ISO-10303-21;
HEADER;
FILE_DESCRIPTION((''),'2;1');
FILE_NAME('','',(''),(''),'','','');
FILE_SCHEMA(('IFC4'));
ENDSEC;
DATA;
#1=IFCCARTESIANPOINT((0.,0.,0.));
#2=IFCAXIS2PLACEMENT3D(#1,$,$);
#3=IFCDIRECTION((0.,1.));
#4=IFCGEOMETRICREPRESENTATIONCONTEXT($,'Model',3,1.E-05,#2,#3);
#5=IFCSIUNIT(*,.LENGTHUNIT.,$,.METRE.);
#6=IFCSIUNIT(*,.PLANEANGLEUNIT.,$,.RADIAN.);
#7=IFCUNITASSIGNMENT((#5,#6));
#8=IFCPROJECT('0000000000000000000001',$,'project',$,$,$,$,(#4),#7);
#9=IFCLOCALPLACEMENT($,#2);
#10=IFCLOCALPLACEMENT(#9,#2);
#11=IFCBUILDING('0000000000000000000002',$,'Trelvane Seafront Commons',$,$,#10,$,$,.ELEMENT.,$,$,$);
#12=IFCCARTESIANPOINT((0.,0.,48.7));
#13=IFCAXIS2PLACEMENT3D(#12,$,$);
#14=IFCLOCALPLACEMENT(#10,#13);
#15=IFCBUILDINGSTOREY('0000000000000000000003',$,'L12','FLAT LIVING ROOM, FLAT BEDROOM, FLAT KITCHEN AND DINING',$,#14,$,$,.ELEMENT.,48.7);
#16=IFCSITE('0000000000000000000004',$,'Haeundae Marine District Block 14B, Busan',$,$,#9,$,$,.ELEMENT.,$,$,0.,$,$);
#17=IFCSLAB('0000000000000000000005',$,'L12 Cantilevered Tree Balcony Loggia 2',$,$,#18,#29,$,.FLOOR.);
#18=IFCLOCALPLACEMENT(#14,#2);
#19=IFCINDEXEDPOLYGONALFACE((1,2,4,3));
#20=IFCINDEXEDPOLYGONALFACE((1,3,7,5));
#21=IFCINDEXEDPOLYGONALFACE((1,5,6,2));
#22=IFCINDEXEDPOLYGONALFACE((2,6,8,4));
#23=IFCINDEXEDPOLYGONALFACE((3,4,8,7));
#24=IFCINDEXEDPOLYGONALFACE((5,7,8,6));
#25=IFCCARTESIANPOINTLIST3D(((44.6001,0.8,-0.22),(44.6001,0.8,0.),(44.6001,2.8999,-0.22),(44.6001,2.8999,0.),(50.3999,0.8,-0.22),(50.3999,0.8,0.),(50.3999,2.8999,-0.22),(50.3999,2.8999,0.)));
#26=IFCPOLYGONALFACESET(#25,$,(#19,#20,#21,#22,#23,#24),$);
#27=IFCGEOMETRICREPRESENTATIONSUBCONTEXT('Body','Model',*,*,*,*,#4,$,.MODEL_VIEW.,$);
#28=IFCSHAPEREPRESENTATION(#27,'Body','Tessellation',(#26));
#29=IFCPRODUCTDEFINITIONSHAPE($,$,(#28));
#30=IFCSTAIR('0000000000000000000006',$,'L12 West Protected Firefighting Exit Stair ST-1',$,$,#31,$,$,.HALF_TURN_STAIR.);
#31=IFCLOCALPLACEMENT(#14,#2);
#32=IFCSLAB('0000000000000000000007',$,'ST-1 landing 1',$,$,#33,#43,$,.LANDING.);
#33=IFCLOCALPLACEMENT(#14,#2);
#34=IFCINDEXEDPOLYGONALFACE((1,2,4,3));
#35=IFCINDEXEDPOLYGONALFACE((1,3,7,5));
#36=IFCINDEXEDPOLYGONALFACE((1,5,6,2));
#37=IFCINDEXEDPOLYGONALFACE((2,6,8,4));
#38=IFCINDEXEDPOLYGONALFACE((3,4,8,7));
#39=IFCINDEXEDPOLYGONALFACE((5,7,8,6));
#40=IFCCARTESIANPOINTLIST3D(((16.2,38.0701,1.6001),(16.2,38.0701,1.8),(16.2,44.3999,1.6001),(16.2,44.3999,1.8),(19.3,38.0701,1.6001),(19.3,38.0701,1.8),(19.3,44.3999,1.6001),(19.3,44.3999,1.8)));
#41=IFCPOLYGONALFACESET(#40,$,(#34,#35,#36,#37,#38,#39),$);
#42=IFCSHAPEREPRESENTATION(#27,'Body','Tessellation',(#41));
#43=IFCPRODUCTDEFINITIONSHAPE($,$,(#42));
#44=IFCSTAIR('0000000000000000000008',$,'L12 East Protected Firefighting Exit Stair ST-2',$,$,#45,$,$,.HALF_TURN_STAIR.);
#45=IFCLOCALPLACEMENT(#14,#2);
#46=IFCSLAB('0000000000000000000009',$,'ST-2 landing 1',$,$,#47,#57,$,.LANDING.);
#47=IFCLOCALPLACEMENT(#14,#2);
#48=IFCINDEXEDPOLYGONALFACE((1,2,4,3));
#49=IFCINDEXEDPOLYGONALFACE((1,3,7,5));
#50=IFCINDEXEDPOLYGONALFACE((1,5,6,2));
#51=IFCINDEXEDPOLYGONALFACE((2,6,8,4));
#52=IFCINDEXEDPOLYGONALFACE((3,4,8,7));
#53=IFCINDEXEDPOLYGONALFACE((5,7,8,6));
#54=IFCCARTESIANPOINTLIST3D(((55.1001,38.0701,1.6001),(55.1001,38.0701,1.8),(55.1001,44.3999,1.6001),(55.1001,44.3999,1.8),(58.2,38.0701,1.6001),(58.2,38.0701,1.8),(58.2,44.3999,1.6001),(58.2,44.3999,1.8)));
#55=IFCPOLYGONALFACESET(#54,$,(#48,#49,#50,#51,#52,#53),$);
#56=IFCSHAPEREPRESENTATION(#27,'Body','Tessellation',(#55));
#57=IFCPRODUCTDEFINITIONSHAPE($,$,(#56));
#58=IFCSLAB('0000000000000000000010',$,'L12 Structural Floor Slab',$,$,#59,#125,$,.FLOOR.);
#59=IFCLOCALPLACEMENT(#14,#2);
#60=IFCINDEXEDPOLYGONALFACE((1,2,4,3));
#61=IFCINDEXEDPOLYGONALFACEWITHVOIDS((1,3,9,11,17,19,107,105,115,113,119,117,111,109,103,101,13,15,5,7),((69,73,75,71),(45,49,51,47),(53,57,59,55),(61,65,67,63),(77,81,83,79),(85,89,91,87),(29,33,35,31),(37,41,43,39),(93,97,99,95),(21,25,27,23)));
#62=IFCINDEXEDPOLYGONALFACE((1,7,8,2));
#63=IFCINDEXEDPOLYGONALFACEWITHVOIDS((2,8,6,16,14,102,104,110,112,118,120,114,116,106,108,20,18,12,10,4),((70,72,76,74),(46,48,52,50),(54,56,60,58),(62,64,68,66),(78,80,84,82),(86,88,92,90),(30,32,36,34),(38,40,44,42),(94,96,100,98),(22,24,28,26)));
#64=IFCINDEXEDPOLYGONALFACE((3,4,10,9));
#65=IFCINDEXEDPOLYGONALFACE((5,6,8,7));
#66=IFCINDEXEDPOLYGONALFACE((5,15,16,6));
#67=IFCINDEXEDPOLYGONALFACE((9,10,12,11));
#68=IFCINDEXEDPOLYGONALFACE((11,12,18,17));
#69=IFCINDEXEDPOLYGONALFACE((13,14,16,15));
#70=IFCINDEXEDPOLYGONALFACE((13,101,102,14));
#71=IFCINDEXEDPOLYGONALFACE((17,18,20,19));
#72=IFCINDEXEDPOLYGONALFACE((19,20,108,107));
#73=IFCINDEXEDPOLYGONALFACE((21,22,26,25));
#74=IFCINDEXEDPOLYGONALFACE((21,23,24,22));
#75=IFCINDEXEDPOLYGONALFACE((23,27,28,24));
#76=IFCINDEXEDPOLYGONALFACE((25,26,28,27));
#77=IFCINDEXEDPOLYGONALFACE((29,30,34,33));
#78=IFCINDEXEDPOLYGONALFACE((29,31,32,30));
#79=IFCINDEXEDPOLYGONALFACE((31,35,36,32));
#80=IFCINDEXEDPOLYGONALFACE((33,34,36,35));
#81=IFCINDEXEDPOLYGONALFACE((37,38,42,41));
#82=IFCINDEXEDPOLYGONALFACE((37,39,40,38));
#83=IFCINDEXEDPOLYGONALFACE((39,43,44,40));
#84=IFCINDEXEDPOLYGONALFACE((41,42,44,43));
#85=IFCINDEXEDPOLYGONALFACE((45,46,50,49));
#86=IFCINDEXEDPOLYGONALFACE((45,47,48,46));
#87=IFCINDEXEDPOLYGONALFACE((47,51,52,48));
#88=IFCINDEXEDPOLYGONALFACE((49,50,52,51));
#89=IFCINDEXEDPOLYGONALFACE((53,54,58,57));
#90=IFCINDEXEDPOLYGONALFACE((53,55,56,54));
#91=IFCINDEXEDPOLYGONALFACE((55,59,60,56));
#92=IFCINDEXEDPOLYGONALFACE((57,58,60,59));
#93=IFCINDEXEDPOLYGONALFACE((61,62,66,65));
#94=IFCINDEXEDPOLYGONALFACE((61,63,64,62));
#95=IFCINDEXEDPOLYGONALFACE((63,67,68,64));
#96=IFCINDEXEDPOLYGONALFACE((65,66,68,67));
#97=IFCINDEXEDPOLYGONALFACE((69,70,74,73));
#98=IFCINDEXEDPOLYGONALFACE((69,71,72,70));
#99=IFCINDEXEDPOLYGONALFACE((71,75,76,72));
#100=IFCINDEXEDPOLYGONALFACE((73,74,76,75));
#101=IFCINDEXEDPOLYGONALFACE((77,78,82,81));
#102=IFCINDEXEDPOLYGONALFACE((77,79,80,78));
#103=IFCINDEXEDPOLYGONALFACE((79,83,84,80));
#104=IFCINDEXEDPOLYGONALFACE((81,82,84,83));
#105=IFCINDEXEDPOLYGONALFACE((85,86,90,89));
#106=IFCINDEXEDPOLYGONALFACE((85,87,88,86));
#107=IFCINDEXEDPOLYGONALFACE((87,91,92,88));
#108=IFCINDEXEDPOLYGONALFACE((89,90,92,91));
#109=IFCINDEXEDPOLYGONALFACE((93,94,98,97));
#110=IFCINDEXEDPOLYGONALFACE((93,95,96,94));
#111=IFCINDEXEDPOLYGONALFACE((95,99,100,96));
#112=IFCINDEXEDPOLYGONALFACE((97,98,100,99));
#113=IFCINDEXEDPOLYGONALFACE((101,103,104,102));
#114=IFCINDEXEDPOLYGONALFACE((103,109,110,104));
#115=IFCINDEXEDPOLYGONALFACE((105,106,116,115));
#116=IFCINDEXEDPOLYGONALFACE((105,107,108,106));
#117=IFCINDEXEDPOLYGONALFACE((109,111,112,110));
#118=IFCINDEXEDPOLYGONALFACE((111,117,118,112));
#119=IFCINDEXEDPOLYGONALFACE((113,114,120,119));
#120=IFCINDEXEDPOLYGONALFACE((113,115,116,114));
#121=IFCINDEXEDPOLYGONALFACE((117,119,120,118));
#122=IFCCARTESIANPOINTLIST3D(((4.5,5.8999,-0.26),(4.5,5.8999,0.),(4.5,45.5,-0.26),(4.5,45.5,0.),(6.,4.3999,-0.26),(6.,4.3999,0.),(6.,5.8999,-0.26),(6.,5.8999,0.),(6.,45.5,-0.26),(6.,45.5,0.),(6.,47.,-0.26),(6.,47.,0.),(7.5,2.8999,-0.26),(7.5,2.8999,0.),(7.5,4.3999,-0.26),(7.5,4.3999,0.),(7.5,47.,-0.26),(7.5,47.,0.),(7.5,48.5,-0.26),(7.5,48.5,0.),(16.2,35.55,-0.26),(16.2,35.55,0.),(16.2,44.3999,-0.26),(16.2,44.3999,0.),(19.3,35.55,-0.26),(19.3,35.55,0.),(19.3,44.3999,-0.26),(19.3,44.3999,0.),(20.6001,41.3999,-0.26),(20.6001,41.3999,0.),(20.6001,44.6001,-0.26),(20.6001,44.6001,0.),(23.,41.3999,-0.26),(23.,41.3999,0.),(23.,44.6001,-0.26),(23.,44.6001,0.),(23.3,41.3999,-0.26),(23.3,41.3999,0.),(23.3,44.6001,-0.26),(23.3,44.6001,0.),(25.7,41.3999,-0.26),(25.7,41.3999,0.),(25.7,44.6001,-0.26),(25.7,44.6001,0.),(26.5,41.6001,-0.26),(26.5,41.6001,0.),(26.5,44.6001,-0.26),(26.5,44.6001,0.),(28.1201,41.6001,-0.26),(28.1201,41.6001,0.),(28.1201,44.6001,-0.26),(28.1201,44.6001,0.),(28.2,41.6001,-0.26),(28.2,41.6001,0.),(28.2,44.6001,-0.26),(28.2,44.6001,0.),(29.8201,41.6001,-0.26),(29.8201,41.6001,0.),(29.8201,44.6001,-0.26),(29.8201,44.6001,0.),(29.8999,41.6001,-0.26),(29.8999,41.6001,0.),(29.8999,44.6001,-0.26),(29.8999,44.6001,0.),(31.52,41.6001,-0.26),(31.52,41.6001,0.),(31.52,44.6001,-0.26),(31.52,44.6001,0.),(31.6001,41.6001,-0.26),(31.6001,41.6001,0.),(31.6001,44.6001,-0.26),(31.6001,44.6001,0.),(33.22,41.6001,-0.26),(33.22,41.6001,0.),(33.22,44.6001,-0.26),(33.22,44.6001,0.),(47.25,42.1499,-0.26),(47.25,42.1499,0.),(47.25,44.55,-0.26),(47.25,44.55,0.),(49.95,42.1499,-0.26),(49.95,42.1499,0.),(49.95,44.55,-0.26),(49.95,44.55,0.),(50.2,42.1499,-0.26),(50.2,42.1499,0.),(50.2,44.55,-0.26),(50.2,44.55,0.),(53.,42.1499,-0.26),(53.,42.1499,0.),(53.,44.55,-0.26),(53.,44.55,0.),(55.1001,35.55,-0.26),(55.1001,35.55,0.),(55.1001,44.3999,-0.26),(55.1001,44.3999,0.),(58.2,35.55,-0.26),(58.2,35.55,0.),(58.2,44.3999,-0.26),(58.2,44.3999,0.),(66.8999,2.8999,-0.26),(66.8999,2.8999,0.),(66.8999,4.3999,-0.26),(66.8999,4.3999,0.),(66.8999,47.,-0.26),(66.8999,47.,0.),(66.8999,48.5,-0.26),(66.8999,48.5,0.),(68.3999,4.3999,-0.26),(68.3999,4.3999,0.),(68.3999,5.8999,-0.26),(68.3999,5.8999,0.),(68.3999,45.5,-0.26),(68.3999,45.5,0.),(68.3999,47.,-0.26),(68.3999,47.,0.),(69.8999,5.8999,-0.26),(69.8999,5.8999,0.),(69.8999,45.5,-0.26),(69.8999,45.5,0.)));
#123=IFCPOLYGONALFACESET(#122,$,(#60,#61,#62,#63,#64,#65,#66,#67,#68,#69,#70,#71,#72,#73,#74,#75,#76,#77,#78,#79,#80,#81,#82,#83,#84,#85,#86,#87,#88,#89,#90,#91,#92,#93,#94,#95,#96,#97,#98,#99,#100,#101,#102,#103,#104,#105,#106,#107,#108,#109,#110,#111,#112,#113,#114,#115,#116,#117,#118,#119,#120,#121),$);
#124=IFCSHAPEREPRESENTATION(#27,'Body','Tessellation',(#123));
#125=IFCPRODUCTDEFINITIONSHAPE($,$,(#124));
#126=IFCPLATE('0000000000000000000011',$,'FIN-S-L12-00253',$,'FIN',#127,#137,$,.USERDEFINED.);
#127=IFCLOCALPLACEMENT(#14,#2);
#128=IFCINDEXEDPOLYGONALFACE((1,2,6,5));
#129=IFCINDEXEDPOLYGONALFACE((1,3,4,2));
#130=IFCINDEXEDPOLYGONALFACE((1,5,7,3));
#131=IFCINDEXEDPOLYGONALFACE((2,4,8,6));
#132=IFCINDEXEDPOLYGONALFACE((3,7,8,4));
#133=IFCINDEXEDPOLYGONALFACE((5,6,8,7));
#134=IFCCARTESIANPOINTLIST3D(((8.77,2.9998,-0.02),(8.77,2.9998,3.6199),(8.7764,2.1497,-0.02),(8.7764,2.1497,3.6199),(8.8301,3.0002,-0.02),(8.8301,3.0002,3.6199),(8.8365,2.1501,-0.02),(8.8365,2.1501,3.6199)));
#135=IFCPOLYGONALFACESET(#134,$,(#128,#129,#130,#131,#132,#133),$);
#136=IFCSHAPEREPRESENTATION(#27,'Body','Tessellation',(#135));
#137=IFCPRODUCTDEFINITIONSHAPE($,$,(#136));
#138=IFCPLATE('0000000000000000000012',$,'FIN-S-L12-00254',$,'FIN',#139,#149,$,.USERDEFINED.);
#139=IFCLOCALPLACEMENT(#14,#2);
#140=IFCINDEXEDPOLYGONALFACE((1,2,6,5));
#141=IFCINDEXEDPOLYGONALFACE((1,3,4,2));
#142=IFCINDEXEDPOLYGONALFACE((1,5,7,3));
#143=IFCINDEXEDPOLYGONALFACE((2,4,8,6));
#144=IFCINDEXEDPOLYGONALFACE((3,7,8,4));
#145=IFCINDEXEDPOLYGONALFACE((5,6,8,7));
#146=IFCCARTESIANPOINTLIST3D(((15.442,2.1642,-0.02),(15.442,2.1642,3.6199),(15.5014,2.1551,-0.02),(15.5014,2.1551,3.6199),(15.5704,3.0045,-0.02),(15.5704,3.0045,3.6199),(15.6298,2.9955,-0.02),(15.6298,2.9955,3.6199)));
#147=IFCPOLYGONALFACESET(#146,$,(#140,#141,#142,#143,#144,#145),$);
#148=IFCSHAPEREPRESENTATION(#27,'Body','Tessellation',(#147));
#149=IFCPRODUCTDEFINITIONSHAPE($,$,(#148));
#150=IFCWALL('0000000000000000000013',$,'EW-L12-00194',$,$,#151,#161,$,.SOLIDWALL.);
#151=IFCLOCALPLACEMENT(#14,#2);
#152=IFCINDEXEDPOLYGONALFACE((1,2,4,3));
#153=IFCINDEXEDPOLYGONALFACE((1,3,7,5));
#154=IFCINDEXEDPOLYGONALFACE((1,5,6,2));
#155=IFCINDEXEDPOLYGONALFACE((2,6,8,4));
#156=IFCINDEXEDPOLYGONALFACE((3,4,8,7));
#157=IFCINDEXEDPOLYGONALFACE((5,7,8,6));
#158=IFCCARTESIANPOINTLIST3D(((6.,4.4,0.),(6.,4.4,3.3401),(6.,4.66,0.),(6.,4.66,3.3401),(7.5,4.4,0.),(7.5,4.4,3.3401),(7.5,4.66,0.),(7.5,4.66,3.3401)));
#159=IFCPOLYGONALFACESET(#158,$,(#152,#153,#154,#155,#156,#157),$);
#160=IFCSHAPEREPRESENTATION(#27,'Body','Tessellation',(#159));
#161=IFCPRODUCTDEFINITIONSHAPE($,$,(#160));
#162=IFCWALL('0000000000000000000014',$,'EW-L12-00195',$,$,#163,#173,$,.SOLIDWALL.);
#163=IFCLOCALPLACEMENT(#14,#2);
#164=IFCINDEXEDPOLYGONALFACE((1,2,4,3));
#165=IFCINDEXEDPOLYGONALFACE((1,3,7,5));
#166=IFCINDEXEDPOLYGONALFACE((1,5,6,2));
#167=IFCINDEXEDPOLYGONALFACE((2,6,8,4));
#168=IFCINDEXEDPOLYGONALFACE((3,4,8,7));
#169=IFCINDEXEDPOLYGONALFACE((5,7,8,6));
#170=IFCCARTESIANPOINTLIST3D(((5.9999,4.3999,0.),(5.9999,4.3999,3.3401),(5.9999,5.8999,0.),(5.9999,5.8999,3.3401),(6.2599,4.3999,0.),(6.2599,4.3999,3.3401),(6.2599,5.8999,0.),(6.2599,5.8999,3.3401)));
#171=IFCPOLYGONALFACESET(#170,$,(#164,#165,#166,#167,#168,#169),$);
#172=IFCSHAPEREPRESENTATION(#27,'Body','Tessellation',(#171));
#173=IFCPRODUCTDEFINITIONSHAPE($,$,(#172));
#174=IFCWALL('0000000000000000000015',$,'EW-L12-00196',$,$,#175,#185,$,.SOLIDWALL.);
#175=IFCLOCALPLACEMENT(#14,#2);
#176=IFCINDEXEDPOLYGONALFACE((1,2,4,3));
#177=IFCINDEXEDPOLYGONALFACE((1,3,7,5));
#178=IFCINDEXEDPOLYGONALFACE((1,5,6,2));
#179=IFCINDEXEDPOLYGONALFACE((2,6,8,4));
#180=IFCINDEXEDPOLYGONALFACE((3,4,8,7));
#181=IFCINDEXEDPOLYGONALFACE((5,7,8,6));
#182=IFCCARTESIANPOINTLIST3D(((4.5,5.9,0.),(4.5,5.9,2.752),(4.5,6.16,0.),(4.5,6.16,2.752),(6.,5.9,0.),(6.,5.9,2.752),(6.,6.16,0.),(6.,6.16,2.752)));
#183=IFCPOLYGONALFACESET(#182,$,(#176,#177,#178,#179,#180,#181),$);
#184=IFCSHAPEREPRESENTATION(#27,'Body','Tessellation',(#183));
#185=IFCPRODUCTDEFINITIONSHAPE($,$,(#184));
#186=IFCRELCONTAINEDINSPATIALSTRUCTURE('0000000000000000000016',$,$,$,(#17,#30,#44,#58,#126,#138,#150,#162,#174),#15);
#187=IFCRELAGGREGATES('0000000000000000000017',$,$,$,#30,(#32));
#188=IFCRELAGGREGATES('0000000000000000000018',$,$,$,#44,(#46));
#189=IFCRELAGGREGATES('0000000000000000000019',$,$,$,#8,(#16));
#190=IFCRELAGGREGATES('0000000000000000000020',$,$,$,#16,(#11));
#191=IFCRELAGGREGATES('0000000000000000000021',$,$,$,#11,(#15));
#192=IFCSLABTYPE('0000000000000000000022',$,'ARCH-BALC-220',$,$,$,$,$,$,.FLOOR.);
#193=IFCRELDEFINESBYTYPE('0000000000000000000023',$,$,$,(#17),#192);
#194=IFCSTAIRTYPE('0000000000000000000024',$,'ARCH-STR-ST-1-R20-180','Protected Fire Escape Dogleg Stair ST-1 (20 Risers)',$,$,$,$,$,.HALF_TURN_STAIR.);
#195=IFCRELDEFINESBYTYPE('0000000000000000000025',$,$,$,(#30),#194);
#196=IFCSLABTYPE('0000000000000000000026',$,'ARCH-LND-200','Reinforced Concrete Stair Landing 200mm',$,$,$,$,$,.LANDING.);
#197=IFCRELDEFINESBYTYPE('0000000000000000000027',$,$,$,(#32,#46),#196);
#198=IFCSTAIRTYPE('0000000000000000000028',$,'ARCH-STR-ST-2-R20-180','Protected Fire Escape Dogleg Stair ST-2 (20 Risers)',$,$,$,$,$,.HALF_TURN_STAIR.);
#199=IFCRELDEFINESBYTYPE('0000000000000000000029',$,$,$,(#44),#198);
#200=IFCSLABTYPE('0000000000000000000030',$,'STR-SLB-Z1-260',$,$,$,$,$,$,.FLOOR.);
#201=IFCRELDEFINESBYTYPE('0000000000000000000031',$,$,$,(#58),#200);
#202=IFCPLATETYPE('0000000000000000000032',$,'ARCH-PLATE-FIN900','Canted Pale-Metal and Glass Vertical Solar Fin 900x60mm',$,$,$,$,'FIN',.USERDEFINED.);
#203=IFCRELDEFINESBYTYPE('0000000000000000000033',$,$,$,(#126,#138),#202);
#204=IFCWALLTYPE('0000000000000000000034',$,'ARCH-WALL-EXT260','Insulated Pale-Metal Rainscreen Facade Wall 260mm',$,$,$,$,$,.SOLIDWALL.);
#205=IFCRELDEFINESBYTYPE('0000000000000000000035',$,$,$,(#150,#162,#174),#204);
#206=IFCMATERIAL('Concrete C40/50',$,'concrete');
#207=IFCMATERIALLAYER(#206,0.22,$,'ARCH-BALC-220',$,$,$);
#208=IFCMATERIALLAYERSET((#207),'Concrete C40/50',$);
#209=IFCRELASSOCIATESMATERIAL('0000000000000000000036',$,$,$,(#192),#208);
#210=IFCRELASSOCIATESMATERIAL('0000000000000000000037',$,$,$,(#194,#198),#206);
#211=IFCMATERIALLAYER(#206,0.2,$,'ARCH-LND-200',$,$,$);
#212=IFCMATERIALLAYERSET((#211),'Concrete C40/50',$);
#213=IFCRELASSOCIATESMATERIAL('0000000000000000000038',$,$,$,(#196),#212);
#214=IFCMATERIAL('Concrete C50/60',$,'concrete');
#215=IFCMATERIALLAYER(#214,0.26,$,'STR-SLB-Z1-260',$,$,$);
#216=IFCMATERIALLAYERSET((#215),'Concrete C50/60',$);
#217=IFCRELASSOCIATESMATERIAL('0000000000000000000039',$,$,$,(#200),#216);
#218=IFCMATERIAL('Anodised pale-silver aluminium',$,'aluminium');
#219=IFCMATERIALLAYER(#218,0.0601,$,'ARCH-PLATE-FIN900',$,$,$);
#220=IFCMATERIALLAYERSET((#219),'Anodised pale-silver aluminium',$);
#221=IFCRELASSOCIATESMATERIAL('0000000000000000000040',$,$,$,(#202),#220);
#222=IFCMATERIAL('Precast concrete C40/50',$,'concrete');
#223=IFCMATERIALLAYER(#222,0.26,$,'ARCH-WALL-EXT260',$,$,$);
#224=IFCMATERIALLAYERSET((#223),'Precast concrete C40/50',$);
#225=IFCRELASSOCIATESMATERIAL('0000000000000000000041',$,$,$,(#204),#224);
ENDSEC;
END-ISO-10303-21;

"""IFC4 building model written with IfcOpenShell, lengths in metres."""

from ifc_helpers import new_model, si_unit, direction, frame, frame_2d, origin, origin_2d, place, context, subcontext, project, spatial, polyline, rectangle, outline, extrude, source, transform, mapped, material, layer, layer_set, type_object, element, aggregate, save


model = new_model("IFC4")

# Units and contexts
model_context = context("Model", 3, precision=1e-05, world=origin(), true_north=direction((0.0, 1.0)))
body_context = subcontext(model_context, "Body", "Model", "MODEL_VIEW")
ifc_project = project(units=[si_unit("LENGTHUNIT", "METRE"), si_unit("PLANEANGLEUNIT", "RADIAN")], contexts=[model_context])

# Site, building, storey
site_placement = place(None, origin())
site = spatial("IfcSite", under=ifc_project, at=site_placement, Name="Haeundae Marine District Block 14B, Busan", CompositionType="ELEMENT", RefElevation=0.0)
building_placement = place(site_placement, origin())
building = spatial("IfcBuilding", under=site, at=building_placement, Name="Trelvane Seafront Commons", CompositionType="ELEMENT")
storey_placement = place(building_placement, frame((0.0, 0.0, 48.7)))
storey = spatial("IfcBuildingStorey", under=building, at=storey_placement, Name="L12", Description="FLAT LIVING ROOM, FLAT BEDROOM, FLAT KITCHEN AND DINING", CompositionType="ELEMENT", Elevation=48.7)

# Slab
ifc_material_1 = material(Name="Concrete C40/50", Category="concrete")
ifc_layer_1 = layer(ifc_material_1, 0.22, Name="ARCH-BALC-220")
ifc_layer_set_1 = layer_set([ifc_layer_1], Name="Concrete C40/50")
slab_type_1 = type_object("IfcSlabType", Name="ARCH-BALC-220", PredefinedType="FLOOR", material=ifc_layer_set_1)
slab_1_placement = place(storey_placement, frame((0.0, 0.0, -0.22)))
element("IfcSlab", 1, at=slab_1_placement, inside=storey, type_object=slab_type_1, Name="L12 Cantilevered Tree Balcony Loggia 2", PredefinedType="FLOOR", context=body_context, shape_type="SweptSolid", body=[
    extrude(outline(polyline([(44.6001, 0.8), (50.3999, 0.8), (50.3999, 2.8999), (44.6001, 2.8999), (44.6001, 0.8)])), origin(), (0.0, 0.0, 1.0), 0.22),
])

# Stairs, slabs
stair_type_1 = type_object("IfcStairType", Name="ARCH-STR-ST-1-R20-180", Description="Protected Fire Escape Dogleg Stair ST-1 (20 Risers)", PredefinedType="HALF_TURN_STAIR", material=ifc_material_1)
stair_1_placement = place(storey_placement, origin())
stair_1 = element("IfcStair", 2, at=stair_1_placement, inside=storey, type_object=stair_type_1, Name="L12 West Protected Firefighting Exit Stair ST-1", PredefinedType="HALF_TURN_STAIR")
ifc_layer_2 = layer(ifc_material_1, 0.2, Name="ARCH-LND-200")
ifc_layer_set_2 = layer_set([ifc_layer_2], Name="Concrete C40/50")
slab_type_2 = type_object("IfcSlabType", Name="ARCH-LND-200", Description="Reinforced Concrete Stair Landing 200mm", PredefinedType="LANDING", material=ifc_layer_set_2)
slab_2_placement = place(storey_placement, frame((0.0, 0.0, 1.6001)))
slab_2 = element("IfcSlab", 3, at=slab_2_placement, type_object=slab_type_2, Name="ST-1 landing 1", PredefinedType="LANDING", context=body_context, shape_type="SweptSolid", body=[
    extrude(outline(polyline([(19.3, 38.0701), (19.3, 44.3999), (16.2, 44.3999), (16.2, 38.0701), (19.3, 38.0701)])), origin(), (0.0, 0.0, 1.0), 0.2),
])
aggregate(stair_1, [slab_2])
stair_type_2 = type_object("IfcStairType", Name="ARCH-STR-ST-2-R20-180", Description="Protected Fire Escape Dogleg Stair ST-2 (20 Risers)", PredefinedType="HALF_TURN_STAIR", material=ifc_material_1)
stair_2_placement = place(storey_placement, origin())
stair_2 = element("IfcStair", 4, at=stair_2_placement, inside=storey, type_object=stair_type_2, Name="L12 East Protected Firefighting Exit Stair ST-2", PredefinedType="HALF_TURN_STAIR")
slab_3_placement = place(storey_placement, frame((0.0, 0.0, 1.6001)))
slab_3 = element("IfcSlab", 5, at=slab_3_placement, type_object=slab_type_2, Name="ST-2 landing 1", PredefinedType="LANDING", context=body_context, shape_type="SweptSolid", body=[
    extrude(outline(polyline([(58.2, 38.0701), (58.2, 44.3999), (55.1001, 44.3999), (55.1001, 38.0701), (58.2, 38.0701)])), origin(), (0.0, 0.0, 1.0), 0.2),
])
aggregate(stair_2, [slab_3])

# Slab
ifc_material_2 = material(Name="Concrete C50/60", Category="concrete")
ifc_layer_3 = layer(ifc_material_2, 0.26, Name="STR-SLB-Z1-260")
ifc_layer_set_3 = layer_set([ifc_layer_3], Name="Concrete C50/60")
slab_type_3 = type_object("IfcSlabType", Name="STR-SLB-Z1-260", PredefinedType="FLOOR", material=ifc_layer_set_3)
slab_4_placement = place(storey_placement, frame((0.0, 0.0, -0.26)))
element("IfcSlab", 6, at=slab_4_placement, inside=storey, type_object=slab_type_3, Name="L12 Structural Floor Slab", PredefinedType="FLOOR", context=body_context, shape_type="SweptSolid", body=[
    extrude(outline(polyline([(7.5, 2.8999), (66.8999, 2.8999), (66.8999, 4.3999), (68.3999, 4.3999), (68.3999, 5.8999), (69.8999, 5.8999), (69.8999, 45.5), (68.3999, 45.5), (68.3999, 47.0), (66.8999, 47.0), (66.8999, 48.5), (7.5, 48.5), (7.5, 47.0), (6.0, 47.0), (6.0, 45.5), (4.5, 45.5), (4.5, 5.8999), (6.0, 5.8999), (6.0, 4.3999), (7.5, 4.3999), (7.5, 2.8999)]), holes=[polyline([(19.3, 35.55), (16.2, 35.55), (16.2, 44.3999), (19.3, 44.3999), (19.3, 35.55)]), polyline([(58.2, 35.55), (55.1001, 35.55), (55.1001, 44.3999), (58.2, 44.3999), (58.2, 35.55)]), polyline([(23.0, 41.3999), (20.6001, 41.3999), (20.6001, 44.6001), (23.0, 44.6001), (23.0, 41.3999)]), polyline([(23.3, 41.3999), (23.3, 44.6001), (25.7, 44.6001), (25.7, 41.3999), (23.3, 41.3999)]), polyline([(26.5, 41.6001), (26.5, 44.6001), (28.1201, 44.6001), (28.1201, 41.6001), (26.5, 41.6001)]), polyline([(29.8201, 41.6001), (28.2, 41.6001), (28.2, 44.6001), (29.8201, 44.6001), (29.8201, 41.6001)]), polyline([(31.52, 41.6001), (29.8999, 41.6001), (29.8999, 44.6001), (31.52, 44.6001), (31.52, 41.6001)]), polyline([(33.22, 41.6001), (31.6001, 41.6001), (31.6001, 44.6001), (33.22, 44.6001), (33.22, 41.6001)]), polyline([(47.25, 42.1499), (47.25, 44.55), (49.95, 44.55), (49.95, 42.1499), (47.25, 42.1499)]), polyline([(50.2, 42.1499), (50.2, 44.55), (53.0, 44.55), (53.0, 42.1499), (50.2, 42.1499)])]), origin(), (0.0, 0.0, 1.0), 0.26),
])

# Plates
ifc_material_3 = material(Name="Anodised pale-silver aluminium", Category="aluminium")
ifc_layer_4 = layer(ifc_material_3, 0.0601, Name="ARCH-PLATE-FIN900")
ifc_layer_set_4 = layer_set([ifc_layer_4], Name="Anodised pale-silver aluminium")
plate_type = type_object("IfcPlateType", Name="ARCH-PLATE-FIN900", Description="Canted Pale-Metal and Glass Vertical Solar Fin 900x60mm", ElementType="FIN", PredefinedType="USERDEFINED", material=ifc_layer_set_4)
shared_shape_1 = source(origin(), body_context, "Body", "SweptSolid", [
    extrude(rectangle(XDim=0.8501, YDim=0.0601, at=origin_2d()), origin(), (0.0, 0.0, 1.0), 3.6399),
])
for number, where, z_axis, x_axis, name in (
    (7, (8.8032, 2.575, -0.02), (0.0, 0.0, 1.0), (0.007529, -0.999972, 0.0), "FIN-S-L12-00253"),
    (8, (15.5359, 2.5798, -0.02), (0.0, 0.0, 1.0), (-0.151049, -0.988526, 0.0), "FIN-S-L12-00254"),
):
    element("IfcPlate", number, at=place(storey_placement, frame(where, z_axis=z_axis, x_axis=x_axis)), inside=storey, type_object=plate_type, Name=name, ObjectType="FIN", PredefinedType="USERDEFINED", context=body_context, shape_type="MappedRepresentation", body=[
        mapped(shared_shape_1, transform((0.0, 0.0, 0.0), x_axis=(1.0, 0.0, 0.0), y_axis=(0.0, 1.0, 0.0), z_axis=(0.0, 0.0, 1.0), scale=1.0)),
    ])

# Walls
ifc_material_4 = material(Name="Precast concrete C40/50", Category="concrete")
ifc_layer_5 = layer(ifc_material_4, 0.26, Name="ARCH-WALL-EXT260")
ifc_layer_set_5 = layer_set([ifc_layer_5], Name="Precast concrete C40/50")
wall_type_1 = type_object("IfcWallType", Name="ARCH-WALL-EXT260", Description="Insulated Pale-Metal Rainscreen Facade Wall 260mm", PredefinedType="SOLIDWALL", material=ifc_layer_set_5)
for number, where, z_axis, x_axis, name in (
    (9, (7.5, 4.53, 0.0), (0.0, 0.0, 1.0), (-1.0, 0.0, 0.0), "EW-L12-00194"),
    (10, (6.1299, 4.3999, 0.0), (0.0, 0.0, 1.0), (0.0, 1.0, 0.0), "EW-L12-00195"),
):
    element("IfcWall", number, at=place(storey_placement, frame(where, z_axis=z_axis, x_axis=x_axis)), inside=storey, type_object=wall_type_1, Name=name, PredefinedType="SOLIDWALL", context=body_context, shape_type="SweptSolid", body=[
        extrude(rectangle(XDim=1.5, YDim=0.26, at=frame_2d((0.75, 0.0))), origin(), (0.0, 0.0, 1.0), 3.3401),
    ])
wall_1_placement = place(storey_placement, frame((6.0, 6.03, 0.0), z_axis=(0.0, 0.0, 1.0), x_axis=(-1.0, 0.0, 0.0)))
element("IfcWall", 11, at=wall_1_placement, inside=storey, type_object=wall_type_1, Name="EW-L12-00196", PredefinedType="SOLIDWALL", context=body_context, shape_type="SweptSolid", body=[
    extrude(rectangle(XDim=1.5, YDim=0.26, at=frame_2d((0.75, 0.0))), origin(), (0.0, 0.0, 1.0), 2.752),
])

save(model, "model.ifc")
